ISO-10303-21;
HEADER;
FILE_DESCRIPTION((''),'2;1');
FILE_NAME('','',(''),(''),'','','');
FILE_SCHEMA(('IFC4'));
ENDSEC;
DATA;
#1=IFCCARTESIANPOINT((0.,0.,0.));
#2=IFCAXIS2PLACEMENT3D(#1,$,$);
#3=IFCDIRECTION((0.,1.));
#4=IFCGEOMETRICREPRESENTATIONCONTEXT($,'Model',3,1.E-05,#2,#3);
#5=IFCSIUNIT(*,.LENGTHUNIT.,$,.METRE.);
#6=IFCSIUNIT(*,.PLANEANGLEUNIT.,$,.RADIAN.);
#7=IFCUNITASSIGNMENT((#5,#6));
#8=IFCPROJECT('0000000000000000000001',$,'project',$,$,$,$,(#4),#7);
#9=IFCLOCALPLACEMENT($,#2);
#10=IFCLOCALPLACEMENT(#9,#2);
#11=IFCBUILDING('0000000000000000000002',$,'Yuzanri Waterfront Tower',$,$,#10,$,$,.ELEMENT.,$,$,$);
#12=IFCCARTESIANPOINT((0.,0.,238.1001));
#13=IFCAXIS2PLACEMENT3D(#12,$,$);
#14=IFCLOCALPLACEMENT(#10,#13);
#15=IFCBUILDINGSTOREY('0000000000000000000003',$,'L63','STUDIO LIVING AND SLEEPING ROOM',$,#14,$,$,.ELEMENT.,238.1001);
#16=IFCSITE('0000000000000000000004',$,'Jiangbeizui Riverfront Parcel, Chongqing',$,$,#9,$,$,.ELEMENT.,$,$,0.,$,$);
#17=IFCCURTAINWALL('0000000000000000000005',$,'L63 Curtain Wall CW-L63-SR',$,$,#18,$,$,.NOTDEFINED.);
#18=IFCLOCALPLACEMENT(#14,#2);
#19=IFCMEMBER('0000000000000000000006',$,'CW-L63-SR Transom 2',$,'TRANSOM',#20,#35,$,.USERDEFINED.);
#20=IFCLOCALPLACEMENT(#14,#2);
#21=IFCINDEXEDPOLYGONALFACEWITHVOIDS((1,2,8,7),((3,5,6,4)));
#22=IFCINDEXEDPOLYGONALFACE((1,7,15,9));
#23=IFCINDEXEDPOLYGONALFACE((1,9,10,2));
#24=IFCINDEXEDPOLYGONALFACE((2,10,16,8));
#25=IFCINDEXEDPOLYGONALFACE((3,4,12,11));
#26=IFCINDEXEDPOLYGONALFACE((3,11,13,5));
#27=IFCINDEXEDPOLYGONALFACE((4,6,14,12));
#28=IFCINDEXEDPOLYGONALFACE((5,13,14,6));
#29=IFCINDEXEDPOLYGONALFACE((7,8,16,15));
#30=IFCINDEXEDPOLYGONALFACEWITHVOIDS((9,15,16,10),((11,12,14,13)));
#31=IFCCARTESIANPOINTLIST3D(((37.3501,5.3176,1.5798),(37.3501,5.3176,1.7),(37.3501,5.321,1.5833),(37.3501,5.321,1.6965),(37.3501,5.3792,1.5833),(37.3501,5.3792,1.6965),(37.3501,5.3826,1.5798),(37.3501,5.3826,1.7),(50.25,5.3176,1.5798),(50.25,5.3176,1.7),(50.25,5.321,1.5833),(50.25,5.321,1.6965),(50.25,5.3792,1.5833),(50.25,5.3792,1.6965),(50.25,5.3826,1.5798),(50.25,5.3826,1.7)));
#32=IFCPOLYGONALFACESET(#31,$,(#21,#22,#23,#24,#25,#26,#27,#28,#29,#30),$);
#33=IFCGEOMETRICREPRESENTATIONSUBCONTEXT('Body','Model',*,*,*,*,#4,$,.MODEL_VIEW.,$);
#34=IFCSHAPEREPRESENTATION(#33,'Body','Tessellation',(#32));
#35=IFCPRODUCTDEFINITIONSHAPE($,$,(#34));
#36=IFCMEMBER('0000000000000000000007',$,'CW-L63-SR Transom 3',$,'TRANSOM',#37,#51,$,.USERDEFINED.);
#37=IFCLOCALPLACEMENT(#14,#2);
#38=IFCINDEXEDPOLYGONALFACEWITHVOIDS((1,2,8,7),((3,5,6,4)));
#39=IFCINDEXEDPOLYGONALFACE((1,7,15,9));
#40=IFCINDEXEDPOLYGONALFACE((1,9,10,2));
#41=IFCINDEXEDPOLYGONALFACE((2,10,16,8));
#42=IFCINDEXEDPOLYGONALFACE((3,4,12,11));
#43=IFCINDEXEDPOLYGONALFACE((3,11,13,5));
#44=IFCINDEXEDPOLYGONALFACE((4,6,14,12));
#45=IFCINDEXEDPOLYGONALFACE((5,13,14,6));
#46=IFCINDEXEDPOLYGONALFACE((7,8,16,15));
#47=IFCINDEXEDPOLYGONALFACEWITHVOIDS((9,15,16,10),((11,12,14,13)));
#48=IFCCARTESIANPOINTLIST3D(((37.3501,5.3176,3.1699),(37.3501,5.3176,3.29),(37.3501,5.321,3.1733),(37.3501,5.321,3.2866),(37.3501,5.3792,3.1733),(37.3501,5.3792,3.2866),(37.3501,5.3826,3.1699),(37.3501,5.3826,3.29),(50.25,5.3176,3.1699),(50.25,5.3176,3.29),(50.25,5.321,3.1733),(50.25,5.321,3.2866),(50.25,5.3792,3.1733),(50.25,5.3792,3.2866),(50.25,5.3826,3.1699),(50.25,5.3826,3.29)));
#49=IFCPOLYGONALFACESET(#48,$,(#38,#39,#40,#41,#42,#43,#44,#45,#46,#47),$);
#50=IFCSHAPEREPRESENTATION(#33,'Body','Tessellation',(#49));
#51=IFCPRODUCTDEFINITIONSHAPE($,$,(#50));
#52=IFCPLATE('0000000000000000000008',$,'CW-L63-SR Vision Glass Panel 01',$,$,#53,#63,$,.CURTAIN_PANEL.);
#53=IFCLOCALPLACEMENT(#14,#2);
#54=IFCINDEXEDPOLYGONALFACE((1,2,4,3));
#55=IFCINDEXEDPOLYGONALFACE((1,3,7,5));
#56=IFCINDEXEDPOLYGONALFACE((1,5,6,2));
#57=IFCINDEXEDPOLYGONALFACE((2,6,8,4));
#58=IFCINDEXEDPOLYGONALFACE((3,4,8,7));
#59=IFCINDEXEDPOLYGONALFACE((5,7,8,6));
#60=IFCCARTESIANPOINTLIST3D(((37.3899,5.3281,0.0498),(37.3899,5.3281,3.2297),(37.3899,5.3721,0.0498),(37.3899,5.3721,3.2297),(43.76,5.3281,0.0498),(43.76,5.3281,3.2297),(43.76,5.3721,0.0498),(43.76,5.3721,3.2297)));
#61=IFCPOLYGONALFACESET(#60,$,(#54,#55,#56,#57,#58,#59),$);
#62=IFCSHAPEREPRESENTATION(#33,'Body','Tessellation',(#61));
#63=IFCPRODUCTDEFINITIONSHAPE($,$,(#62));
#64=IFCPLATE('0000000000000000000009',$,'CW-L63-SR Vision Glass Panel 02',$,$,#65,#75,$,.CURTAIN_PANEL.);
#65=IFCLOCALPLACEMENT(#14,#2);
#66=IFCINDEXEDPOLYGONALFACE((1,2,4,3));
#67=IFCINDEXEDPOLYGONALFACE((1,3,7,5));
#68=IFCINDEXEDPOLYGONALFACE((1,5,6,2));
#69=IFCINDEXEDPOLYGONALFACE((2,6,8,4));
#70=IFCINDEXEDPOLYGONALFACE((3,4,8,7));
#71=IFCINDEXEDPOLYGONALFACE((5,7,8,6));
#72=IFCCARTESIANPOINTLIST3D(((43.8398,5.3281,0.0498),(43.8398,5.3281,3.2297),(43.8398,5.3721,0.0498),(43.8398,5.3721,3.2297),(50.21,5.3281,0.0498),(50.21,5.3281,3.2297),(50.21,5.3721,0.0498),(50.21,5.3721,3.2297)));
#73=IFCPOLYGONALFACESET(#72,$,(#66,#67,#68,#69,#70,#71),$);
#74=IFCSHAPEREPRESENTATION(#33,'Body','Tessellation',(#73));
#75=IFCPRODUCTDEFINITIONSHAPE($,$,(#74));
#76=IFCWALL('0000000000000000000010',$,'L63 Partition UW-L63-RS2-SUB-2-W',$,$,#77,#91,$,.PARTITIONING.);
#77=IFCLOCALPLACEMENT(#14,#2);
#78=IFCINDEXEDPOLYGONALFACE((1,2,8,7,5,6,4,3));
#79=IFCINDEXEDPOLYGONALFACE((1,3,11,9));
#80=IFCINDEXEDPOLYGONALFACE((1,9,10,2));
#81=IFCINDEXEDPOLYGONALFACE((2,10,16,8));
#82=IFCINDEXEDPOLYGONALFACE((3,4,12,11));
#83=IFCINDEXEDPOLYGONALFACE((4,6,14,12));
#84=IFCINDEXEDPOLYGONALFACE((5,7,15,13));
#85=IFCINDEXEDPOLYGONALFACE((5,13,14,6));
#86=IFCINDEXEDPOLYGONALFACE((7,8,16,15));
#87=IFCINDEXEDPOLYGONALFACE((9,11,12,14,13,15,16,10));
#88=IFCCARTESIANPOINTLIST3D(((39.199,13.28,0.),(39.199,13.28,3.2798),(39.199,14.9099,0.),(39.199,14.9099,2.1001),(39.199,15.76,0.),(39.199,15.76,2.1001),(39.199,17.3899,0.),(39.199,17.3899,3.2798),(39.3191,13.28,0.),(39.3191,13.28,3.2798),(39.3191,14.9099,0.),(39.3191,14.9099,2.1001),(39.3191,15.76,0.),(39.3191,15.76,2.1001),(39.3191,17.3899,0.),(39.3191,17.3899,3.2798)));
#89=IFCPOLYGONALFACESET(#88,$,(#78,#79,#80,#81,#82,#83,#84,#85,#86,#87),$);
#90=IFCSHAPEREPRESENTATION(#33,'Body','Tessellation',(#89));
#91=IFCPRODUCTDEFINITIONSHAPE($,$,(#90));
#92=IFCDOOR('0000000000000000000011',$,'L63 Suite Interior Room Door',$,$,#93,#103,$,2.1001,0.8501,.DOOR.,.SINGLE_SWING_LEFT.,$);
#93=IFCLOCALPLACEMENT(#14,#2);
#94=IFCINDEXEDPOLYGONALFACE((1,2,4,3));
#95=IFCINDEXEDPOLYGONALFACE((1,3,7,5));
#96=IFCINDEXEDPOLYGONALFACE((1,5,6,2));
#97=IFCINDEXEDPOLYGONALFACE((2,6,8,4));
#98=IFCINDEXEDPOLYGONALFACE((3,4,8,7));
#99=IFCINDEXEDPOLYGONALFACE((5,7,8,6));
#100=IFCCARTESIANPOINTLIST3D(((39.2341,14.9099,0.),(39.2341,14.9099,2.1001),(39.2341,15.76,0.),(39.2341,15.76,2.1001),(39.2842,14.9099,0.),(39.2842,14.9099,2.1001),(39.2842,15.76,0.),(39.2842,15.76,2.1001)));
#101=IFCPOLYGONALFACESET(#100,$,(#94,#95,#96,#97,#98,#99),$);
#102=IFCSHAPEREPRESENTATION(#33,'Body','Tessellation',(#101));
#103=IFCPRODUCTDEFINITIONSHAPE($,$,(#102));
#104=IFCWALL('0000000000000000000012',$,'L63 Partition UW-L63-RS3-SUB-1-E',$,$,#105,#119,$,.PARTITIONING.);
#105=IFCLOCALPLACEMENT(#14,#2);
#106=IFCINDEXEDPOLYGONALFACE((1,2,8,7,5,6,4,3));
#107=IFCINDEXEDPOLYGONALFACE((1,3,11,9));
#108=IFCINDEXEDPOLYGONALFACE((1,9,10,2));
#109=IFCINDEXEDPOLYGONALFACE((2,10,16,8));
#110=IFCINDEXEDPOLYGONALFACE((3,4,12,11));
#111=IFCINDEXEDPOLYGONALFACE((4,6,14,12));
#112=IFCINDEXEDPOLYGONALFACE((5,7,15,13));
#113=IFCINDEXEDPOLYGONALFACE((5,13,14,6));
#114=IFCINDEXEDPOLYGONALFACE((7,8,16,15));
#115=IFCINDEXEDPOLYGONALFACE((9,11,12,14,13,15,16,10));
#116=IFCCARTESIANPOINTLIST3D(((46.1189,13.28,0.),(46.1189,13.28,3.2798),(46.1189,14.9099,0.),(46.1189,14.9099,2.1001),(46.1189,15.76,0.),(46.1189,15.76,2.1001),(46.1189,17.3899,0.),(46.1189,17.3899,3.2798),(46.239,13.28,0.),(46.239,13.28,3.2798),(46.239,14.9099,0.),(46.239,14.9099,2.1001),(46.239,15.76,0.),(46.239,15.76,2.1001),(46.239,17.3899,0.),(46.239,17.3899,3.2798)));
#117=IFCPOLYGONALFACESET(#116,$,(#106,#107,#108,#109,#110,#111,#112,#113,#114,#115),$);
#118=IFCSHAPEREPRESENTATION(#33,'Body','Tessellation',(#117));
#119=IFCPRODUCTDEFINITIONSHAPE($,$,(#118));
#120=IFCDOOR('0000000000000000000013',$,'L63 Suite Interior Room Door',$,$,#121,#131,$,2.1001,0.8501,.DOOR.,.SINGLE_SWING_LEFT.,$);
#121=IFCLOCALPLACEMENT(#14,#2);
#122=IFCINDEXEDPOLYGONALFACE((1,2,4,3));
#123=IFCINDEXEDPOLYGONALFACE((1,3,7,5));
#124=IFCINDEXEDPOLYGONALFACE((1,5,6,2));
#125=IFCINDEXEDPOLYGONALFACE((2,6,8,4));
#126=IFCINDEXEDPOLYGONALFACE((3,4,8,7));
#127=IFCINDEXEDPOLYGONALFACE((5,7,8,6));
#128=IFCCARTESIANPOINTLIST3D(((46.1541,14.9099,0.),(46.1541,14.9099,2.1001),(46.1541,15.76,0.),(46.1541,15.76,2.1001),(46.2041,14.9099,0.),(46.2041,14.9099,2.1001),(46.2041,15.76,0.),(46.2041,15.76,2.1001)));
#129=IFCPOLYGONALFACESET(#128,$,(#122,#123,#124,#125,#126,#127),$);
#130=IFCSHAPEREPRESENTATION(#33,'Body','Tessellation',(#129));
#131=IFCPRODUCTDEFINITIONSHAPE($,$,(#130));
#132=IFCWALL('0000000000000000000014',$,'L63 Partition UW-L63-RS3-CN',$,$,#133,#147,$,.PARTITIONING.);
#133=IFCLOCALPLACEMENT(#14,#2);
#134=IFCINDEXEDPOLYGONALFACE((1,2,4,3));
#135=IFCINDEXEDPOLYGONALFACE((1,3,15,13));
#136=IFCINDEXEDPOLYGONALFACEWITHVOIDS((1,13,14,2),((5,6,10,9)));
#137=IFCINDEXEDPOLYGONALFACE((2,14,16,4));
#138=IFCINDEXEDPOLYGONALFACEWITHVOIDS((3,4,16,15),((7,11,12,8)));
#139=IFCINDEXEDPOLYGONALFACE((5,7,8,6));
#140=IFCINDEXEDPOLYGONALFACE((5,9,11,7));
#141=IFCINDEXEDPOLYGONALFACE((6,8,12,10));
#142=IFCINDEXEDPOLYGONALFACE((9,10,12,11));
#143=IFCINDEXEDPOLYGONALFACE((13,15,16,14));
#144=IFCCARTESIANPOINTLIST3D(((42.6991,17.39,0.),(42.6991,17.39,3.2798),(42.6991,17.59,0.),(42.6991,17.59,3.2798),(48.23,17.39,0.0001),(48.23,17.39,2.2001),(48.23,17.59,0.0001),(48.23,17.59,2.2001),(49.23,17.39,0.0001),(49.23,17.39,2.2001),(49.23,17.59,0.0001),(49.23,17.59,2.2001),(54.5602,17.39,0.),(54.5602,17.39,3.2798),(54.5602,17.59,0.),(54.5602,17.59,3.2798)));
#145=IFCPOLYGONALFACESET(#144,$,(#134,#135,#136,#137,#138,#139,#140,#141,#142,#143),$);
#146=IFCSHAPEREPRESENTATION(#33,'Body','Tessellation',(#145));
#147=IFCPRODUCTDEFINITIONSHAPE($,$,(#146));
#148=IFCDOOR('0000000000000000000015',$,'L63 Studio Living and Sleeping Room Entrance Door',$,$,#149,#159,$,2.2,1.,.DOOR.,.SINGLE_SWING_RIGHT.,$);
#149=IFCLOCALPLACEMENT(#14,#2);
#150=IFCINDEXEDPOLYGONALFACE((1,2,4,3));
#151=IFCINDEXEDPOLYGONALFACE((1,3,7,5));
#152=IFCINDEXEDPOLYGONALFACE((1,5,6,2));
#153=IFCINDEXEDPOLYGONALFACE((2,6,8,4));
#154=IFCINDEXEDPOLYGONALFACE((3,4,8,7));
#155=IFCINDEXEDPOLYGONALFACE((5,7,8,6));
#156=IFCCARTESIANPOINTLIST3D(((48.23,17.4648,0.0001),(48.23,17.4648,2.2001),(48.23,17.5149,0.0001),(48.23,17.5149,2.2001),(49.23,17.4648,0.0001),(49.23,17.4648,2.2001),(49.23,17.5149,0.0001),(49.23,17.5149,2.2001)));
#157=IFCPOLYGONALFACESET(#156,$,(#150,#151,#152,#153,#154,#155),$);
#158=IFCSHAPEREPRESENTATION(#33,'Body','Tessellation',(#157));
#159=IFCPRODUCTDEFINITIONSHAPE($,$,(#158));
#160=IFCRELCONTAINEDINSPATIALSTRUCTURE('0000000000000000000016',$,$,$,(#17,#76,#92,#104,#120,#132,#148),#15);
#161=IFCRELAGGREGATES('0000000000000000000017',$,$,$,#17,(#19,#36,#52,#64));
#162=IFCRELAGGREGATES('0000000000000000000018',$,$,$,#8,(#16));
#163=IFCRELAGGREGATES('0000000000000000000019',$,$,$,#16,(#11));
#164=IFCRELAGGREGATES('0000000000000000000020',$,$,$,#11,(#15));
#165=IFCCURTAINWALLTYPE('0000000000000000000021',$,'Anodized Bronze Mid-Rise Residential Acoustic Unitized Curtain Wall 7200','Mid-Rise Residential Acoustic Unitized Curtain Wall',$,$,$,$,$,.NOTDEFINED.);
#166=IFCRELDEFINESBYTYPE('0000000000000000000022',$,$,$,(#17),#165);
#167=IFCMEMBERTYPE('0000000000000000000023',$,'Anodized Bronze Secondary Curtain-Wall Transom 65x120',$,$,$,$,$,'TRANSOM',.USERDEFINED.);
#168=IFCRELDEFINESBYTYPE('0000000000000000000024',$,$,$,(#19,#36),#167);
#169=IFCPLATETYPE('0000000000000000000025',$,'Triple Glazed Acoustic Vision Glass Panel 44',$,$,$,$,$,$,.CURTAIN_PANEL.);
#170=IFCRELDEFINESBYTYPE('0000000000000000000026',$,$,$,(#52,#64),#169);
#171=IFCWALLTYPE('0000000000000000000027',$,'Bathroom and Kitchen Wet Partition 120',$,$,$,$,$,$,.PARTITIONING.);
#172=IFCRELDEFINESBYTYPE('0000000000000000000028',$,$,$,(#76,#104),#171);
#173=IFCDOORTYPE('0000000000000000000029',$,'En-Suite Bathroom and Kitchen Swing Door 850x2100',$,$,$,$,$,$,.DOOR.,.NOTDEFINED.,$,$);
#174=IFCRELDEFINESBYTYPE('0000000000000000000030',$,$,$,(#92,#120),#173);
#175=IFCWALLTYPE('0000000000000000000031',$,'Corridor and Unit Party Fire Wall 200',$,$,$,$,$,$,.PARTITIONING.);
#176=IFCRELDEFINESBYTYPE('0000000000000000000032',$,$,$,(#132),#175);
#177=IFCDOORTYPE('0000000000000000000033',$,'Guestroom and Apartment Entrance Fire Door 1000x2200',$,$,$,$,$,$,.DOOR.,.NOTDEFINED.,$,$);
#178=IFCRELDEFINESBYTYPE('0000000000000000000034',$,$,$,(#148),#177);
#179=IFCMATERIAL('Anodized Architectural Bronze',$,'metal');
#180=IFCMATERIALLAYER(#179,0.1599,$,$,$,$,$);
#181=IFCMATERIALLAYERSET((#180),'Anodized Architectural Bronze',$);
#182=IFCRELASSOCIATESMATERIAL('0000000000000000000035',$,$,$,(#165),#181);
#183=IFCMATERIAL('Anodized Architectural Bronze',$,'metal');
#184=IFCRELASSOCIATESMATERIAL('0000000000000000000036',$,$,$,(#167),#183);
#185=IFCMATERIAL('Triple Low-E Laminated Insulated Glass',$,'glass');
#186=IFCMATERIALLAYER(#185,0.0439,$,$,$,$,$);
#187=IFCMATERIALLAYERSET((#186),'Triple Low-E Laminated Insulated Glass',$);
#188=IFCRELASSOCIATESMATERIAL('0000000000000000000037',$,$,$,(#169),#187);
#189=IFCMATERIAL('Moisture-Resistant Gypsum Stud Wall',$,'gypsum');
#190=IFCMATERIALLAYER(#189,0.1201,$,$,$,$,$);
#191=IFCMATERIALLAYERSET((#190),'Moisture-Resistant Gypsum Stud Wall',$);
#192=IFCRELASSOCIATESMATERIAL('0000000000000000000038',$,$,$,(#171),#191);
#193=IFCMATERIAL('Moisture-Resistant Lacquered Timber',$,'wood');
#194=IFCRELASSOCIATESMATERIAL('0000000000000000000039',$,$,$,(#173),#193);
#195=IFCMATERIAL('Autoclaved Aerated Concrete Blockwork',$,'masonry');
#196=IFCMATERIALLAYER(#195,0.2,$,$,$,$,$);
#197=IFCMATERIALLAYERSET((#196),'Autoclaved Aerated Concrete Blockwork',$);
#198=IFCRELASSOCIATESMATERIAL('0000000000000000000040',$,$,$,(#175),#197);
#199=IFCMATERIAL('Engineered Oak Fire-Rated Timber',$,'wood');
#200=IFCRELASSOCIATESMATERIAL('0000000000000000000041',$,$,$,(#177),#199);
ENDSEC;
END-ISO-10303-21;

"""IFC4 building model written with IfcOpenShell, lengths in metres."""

from ifc_helpers import new_model, si_unit, direction, frame, frame_2d, origin, origin_2d, place, context, subcontext, project, spatial, rectangle, hollow_rectangle, extrude, source, transform, mapped, material, layer, layer_set, material_profile, profile_set, type_object, element, fill, aggregate, save


model = new_model("IFC4")

# Units and contexts
model_context = context("Model", 3, precision=1e-05, world=origin(), true_north=direction((0.0, 1.0)))
body_context = subcontext(model_context, "Body", "Model", "MODEL_VIEW")
ifc_project = project(units=[si_unit("LENGTHUNIT", "METRE"), si_unit("PLANEANGLEUNIT", "RADIAN")], contexts=[model_context])

# Site, building, storey
site_placement = place(None, origin())
site = spatial("IfcSite", under=ifc_project, at=site_placement, Name="Jiangbeizui Riverfront Parcel, Chongqing", CompositionType="ELEMENT", RefElevation=0.0)
building_placement = place(site_placement, origin())
building = spatial("IfcBuilding", under=site, at=building_placement, Name="Yuzanri Waterfront Tower", CompositionType="ELEMENT")
storey_placement = place(building_placement, frame((0.0, 0.0, 238.1001)))
storey = spatial("IfcBuildingStorey", under=building, at=storey_placement, Name="L63", Description="STUDIO LIVING AND SLEEPING ROOM", CompositionType="ELEMENT", Elevation=238.1001)

# Curtain wall, members, plates
ifc_material_1 = material(Name="Anodized Architectural Bronze", Category="metal")
ifc_layer_1 = layer(ifc_material_1, 0.1599)
ifc_layer_set_1 = layer_set([ifc_layer_1], Name="Anodized Architectural Bronze")
curtain_wall_type = type_object("IfcCurtainWallType", Name="Anodized Bronze Mid-Rise Residential Acoustic Unitized Curtain Wall 7200", Description="Mid-Rise Residential Acoustic Unitized Curtain Wall", PredefinedType="NOTDEFINED", material=ifc_layer_set_1)
curtain_wall_placement = place(storey_placement, origin())
curtain_wall = element("IfcCurtainWall", 1, at=curtain_wall_placement, inside=storey, type_object=curtain_wall_type, Name="L63 Curtain Wall CW-L63-SR", PredefinedType="NOTDEFINED")
ifc_material_2 = material(Name="Anodized Architectural Bronze", Category="metal")
ifc_material_profile_1 = material_profile(ifc_material_2, hollow_rectangle(XDim=0.0649, YDim=0.1201, WallThickness=0.0034, at=origin_2d()), Name="CWT 65x120")
ifc_profile_set_1 = profile_set([ifc_material_profile_1], Name="Anodized Architectural Bronze")
member_type_1 = type_object("IfcMemberType", Name="Anodized Bronze Secondary Curtain-Wall Transom 65x120", ElementType="TRANSOM", PredefinedType="USERDEFINED", material=ifc_profile_set_1)
shared_shape_1 = source(origin(), body_context, "Body", "SweptSolid", [
    extrude(hollow_rectangle(XDim=0.0649, YDim=0.1201, WallThickness=0.0034, at=origin_2d()), origin(), (0.0, 0.0, 1.0), 12.8999),
])
member_1_placement = place(storey_placement, frame((37.3501, 5.3501, 1.6399), z_axis=(1.0, 0.0, 0.0), x_axis=(0.0, 1.0, 0.0)))
member_1 = element("IfcMember", 2, at=member_1_placement, type_object=member_type_1, Name="CW-L63-SR Transom 2", ObjectType="TRANSOM", PredefinedType="USERDEFINED", context=body_context, shape_type="MappedRepresentation", body=[
    mapped(shared_shape_1, transform((0.0, 0.0, 0.0), scale=1.0)),
])
member_2_placement = place(storey_placement, frame((37.3501, 5.3501, 3.23), z_axis=(1.0, 0.0, 0.0), x_axis=(0.0, 1.0, 0.0)))
member_2 = element("IfcMember", 3, at=member_2_placement, type_object=member_type_1, Name="CW-L63-SR Transom 3", ObjectType="TRANSOM", PredefinedType="USERDEFINED", context=body_context, shape_type="MappedRepresentation", body=[
    mapped(shared_shape_1, transform((0.0, 0.0, 0.0), scale=1.0)),
])
ifc_material_3 = material(Name="Triple Low-E Laminated Insulated Glass", Category="glass")
ifc_layer_2 = layer(ifc_material_3, 0.0439)
ifc_layer_set_2 = layer_set([ifc_layer_2], Name="Triple Low-E Laminated Insulated Glass")
plate_type = type_object("IfcPlateType", Name="Triple Glazed Acoustic Vision Glass Panel 44", PredefinedType="CURTAIN_PANEL", material=ifc_layer_set_2)
shared_shape_2 = source(origin(), body_context, "Body", "SweptSolid", [
    extrude(rectangle(XDim=6.3701, YDim=0.0439, at=origin_2d()), origin(), (0.0, 0.0, 1.0), 3.1799),
])
plate_1_placement = place(storey_placement, frame((40.575, 5.3501, 0.0498), z_axis=(0.0, 0.0, 1.0), x_axis=(1.0, 0.0, 0.0)))
plate_1 = element("IfcPlate", 4, at=plate_1_placement, type_object=plate_type, Name="CW-L63-SR Vision Glass Panel 01", PredefinedType="CURTAIN_PANEL", context=body_context, shape_type="MappedRepresentation", body=[
    mapped(shared_shape_2, transform((0.0, 0.0, 0.0), scale=1.0)),
])
plate_2_placement = place(storey_placement, frame((47.0249, 5.3501, 0.0498), z_axis=(0.0, 0.0, 1.0), x_axis=(1.0, 0.0, 0.0)))
plate_2 = element("IfcPlate", 5, at=plate_2_placement, type_object=plate_type, Name="CW-L63-SR Vision Glass Panel 02", PredefinedType="CURTAIN_PANEL", context=body_context, shape_type="MappedRepresentation", body=[
    mapped(shared_shape_2, transform((0.0, 0.0, 0.0), scale=1.0)),
])
aggregate(curtain_wall, [member_1, member_2, plate_1, plate_2])

# Walls, openings, doors
ifc_material_4 = material(Name="Moisture-Resistant Gypsum Stud Wall", Category="gypsum")
ifc_layer_3 = layer(ifc_material_4, 0.1201)
ifc_layer_set_3 = layer_set([ifc_layer_3], Name="Moisture-Resistant Gypsum Stud Wall")
wall_type_1 = type_object("IfcWallType", Name="Bathroom and Kitchen Wet Partition 120", PredefinedType="PARTITIONING", material=ifc_layer_set_3)
wall_1_placement = place(storey_placement, frame((39.259, 13.28, 0.0), z_axis=(0.0, 0.0, 1.0), x_axis=(0.0, 1.0, 0.0)))
wall_1 = element("IfcWall", 6, at=wall_1_placement, inside=storey, type_object=wall_type_1, Name="L63 Partition UW-L63-RS2-SUB-2-W", PredefinedType="PARTITIONING", context=body_context, shape_type="SweptSolid", body=[
    extrude(rectangle(XDim=4.1099, YDim=0.1201, at=frame_2d((2.0549, 0.0))), origin(), (0.0, 0.0, 1.0), 3.2798),
])
opening_1_placement = place(wall_1_placement, frame((1.6299, 0.0, 0.0)))
opening_1 = element("IfcOpeningElement", 7, at=opening_1_placement, cuts=wall_1, PredefinedType="OPENING", context=body_context, shape_type="SweptSolid", body=[
    extrude(rectangle(XDim=0.8501, YDim=2.1001, at=frame_2d((0.425, 1.05))), frame((0.0, 0.075, 0.0), z_axis=(0.0, -1.0, 0.0), x_axis=(1.0, 0.0, 0.0)), (0.0, 0.0, 1.0), 0.1499),
])
ifc_material_5 = material(Name="Moisture-Resistant Lacquered Timber", Category="wood")
door_type_1 = type_object("IfcDoorType", Name="En-Suite Bathroom and Kitchen Swing Door 850x2100", OperationType="NOTDEFINED", PredefinedType="DOOR", material=ifc_material_5)
shared_shape_3 = source(origin(), body_context, "Body", "SweptSolid", [
    extrude(rectangle(XDim=0.8501, YDim=2.1001, at=frame_2d((0.425, 1.05))), frame((0.0, 0.0249, 0.0), z_axis=(0.0, -1.0, 0.0), x_axis=(1.0, 0.0, 0.0)), (0.0, 0.0, 1.0), 0.05),
])
door_1_placement = place(opening_1_placement, origin())
door_1 = element("IfcDoor", 8, at=door_1_placement, inside=storey, type_object=door_type_1, Name="L63 Suite Interior Room Door", OperationType="SINGLE_SWING_LEFT", OverallHeight=2.1001, OverallWidth=0.8501, PredefinedType="DOOR", context=body_context, shape_type="MappedRepresentation", body=[
    mapped(shared_shape_3, transform((0.0, 0.0, 0.0), scale=1.0)),
])
fill(opening_1, door_1)
wall_2_placement = place(storey_placement, frame((46.179, 13.28, 0.0), z_axis=(0.0, 0.0, 1.0), x_axis=(0.0, 1.0, 0.0)))
wall_2 = element("IfcWall", 9, at=wall_2_placement, inside=storey, type_object=wall_type_1, Name="L63 Partition UW-L63-RS3-SUB-1-E", PredefinedType="PARTITIONING", context=body_context, shape_type="SweptSolid", body=[
    extrude(rectangle(XDim=4.1099, YDim=0.1201, at=frame_2d((2.0549, 0.0))), origin(), (0.0, 0.0, 1.0), 3.2798),
])
opening_2_placement = place(wall_2_placement, frame((1.6299, 0.0, 0.0)))
opening_2 = element("IfcOpeningElement", 10, at=opening_2_placement, cuts=wall_2, PredefinedType="OPENING", context=body_context, shape_type="SweptSolid", body=[
    extrude(rectangle(XDim=0.8501, YDim=2.1001, at=frame_2d((0.425, 1.05))), frame((0.0, 0.075, 0.0), z_axis=(0.0, -1.0, 0.0), x_axis=(1.0, 0.0, 0.0)), (0.0, 0.0, 1.0), 0.1499),
])
door_2_placement = place(opening_2_placement, origin())
door_2 = element("IfcDoor", 11, at=door_2_placement, inside=storey, type_object=door_type_1, Name="L63 Suite Interior Room Door", OperationType="SINGLE_SWING_LEFT", OverallHeight=2.1001, OverallWidth=0.8501, PredefinedType="DOOR", context=body_context, shape_type="MappedRepresentation", body=[
    mapped(shared_shape_3, transform((0.0, 0.0, 0.0), scale=1.0)),
])
fill(opening_2, door_2)
ifc_material_6 = material(Name="Autoclaved Aerated Concrete Blockwork", Category="masonry")
ifc_layer_4 = layer(ifc_material_6, 0.2)
ifc_layer_set_4 = layer_set([ifc_layer_4], Name="Autoclaved Aerated Concrete Blockwork")
wall_type_2 = type_object("IfcWallType", Name="Corridor and Unit Party Fire Wall 200", PredefinedType="PARTITIONING", material=ifc_layer_set_4)
wall_3_placement = place(storey_placement, frame((42.699, 17.49, 0.0), z_axis=(0.0, 0.0, 1.0), x_axis=(1.0, 0.0, 0.0)))
wall_3 = element("IfcWall", 12, at=wall_3_placement, inside=storey, type_object=wall_type_2, Name="L63 Partition UW-L63-RS3-CN", PredefinedType="PARTITIONING", context=body_context, shape_type="SweptSolid", body=[
    extrude(rectangle(XDim=11.8611, YDim=0.2, at=frame_2d((5.9307, 0.0))), origin(), (0.0, 0.0, 1.0), 3.2798),
])
opening_3_placement = place(wall_3_placement, frame((5.531, 0.0, 0.0)))
opening_3 = element("IfcOpeningElement", 13, at=opening_3_placement, cuts=wall_3, PredefinedType="OPENING", context=body_context, shape_type="SweptSolid", body=[
    extrude(rectangle(XDim=1.0, YDim=2.2, at=frame_2d((0.5, 1.1001))), frame((0.0, 0.1147, 0.0), z_axis=(0.0, -1.0, 0.0), x_axis=(1.0, 0.0, 0.0)), (0.0, 0.0, 1.0), 0.2297),
])
ifc_material_7 = material(Name="Engineered Oak Fire-Rated Timber", Category="wood")
door_type_2 = type_object("IfcDoorType", Name="Guestroom and Apartment Entrance Fire Door 1000x2200", OperationType="NOTDEFINED", PredefinedType="DOOR", material=ifc_material_7)
shared_shape_4 = source(origin(), body_context, "Body", "SweptSolid", [
    extrude(rectangle(XDim=1.0, YDim=2.2, at=frame_2d((0.5, 1.1001))), frame((0.0, 0.0249, 0.0), z_axis=(0.0, -1.0, 0.0), x_axis=(1.0, 0.0, 0.0)), (0.0, 0.0, 1.0), 0.05),
])
door_3_placement = place(opening_3_placement, origin())
door_3 = element("IfcDoor", 14, at=door_3_placement, inside=storey, type_object=door_type_2, Name="L63 Studio Living and Sleeping Room Entrance Door", OperationType="SINGLE_SWING_RIGHT", OverallHeight=2.2, OverallWidth=1.0, PredefinedType="DOOR", context=body_context, shape_type="MappedRepresentation", body=[
    mapped(shared_shape_4, transform((0.0, 0.0, 0.0), scale=1.0)),
])
fill(opening_3, door_3)

save(model, "model.ifc")
